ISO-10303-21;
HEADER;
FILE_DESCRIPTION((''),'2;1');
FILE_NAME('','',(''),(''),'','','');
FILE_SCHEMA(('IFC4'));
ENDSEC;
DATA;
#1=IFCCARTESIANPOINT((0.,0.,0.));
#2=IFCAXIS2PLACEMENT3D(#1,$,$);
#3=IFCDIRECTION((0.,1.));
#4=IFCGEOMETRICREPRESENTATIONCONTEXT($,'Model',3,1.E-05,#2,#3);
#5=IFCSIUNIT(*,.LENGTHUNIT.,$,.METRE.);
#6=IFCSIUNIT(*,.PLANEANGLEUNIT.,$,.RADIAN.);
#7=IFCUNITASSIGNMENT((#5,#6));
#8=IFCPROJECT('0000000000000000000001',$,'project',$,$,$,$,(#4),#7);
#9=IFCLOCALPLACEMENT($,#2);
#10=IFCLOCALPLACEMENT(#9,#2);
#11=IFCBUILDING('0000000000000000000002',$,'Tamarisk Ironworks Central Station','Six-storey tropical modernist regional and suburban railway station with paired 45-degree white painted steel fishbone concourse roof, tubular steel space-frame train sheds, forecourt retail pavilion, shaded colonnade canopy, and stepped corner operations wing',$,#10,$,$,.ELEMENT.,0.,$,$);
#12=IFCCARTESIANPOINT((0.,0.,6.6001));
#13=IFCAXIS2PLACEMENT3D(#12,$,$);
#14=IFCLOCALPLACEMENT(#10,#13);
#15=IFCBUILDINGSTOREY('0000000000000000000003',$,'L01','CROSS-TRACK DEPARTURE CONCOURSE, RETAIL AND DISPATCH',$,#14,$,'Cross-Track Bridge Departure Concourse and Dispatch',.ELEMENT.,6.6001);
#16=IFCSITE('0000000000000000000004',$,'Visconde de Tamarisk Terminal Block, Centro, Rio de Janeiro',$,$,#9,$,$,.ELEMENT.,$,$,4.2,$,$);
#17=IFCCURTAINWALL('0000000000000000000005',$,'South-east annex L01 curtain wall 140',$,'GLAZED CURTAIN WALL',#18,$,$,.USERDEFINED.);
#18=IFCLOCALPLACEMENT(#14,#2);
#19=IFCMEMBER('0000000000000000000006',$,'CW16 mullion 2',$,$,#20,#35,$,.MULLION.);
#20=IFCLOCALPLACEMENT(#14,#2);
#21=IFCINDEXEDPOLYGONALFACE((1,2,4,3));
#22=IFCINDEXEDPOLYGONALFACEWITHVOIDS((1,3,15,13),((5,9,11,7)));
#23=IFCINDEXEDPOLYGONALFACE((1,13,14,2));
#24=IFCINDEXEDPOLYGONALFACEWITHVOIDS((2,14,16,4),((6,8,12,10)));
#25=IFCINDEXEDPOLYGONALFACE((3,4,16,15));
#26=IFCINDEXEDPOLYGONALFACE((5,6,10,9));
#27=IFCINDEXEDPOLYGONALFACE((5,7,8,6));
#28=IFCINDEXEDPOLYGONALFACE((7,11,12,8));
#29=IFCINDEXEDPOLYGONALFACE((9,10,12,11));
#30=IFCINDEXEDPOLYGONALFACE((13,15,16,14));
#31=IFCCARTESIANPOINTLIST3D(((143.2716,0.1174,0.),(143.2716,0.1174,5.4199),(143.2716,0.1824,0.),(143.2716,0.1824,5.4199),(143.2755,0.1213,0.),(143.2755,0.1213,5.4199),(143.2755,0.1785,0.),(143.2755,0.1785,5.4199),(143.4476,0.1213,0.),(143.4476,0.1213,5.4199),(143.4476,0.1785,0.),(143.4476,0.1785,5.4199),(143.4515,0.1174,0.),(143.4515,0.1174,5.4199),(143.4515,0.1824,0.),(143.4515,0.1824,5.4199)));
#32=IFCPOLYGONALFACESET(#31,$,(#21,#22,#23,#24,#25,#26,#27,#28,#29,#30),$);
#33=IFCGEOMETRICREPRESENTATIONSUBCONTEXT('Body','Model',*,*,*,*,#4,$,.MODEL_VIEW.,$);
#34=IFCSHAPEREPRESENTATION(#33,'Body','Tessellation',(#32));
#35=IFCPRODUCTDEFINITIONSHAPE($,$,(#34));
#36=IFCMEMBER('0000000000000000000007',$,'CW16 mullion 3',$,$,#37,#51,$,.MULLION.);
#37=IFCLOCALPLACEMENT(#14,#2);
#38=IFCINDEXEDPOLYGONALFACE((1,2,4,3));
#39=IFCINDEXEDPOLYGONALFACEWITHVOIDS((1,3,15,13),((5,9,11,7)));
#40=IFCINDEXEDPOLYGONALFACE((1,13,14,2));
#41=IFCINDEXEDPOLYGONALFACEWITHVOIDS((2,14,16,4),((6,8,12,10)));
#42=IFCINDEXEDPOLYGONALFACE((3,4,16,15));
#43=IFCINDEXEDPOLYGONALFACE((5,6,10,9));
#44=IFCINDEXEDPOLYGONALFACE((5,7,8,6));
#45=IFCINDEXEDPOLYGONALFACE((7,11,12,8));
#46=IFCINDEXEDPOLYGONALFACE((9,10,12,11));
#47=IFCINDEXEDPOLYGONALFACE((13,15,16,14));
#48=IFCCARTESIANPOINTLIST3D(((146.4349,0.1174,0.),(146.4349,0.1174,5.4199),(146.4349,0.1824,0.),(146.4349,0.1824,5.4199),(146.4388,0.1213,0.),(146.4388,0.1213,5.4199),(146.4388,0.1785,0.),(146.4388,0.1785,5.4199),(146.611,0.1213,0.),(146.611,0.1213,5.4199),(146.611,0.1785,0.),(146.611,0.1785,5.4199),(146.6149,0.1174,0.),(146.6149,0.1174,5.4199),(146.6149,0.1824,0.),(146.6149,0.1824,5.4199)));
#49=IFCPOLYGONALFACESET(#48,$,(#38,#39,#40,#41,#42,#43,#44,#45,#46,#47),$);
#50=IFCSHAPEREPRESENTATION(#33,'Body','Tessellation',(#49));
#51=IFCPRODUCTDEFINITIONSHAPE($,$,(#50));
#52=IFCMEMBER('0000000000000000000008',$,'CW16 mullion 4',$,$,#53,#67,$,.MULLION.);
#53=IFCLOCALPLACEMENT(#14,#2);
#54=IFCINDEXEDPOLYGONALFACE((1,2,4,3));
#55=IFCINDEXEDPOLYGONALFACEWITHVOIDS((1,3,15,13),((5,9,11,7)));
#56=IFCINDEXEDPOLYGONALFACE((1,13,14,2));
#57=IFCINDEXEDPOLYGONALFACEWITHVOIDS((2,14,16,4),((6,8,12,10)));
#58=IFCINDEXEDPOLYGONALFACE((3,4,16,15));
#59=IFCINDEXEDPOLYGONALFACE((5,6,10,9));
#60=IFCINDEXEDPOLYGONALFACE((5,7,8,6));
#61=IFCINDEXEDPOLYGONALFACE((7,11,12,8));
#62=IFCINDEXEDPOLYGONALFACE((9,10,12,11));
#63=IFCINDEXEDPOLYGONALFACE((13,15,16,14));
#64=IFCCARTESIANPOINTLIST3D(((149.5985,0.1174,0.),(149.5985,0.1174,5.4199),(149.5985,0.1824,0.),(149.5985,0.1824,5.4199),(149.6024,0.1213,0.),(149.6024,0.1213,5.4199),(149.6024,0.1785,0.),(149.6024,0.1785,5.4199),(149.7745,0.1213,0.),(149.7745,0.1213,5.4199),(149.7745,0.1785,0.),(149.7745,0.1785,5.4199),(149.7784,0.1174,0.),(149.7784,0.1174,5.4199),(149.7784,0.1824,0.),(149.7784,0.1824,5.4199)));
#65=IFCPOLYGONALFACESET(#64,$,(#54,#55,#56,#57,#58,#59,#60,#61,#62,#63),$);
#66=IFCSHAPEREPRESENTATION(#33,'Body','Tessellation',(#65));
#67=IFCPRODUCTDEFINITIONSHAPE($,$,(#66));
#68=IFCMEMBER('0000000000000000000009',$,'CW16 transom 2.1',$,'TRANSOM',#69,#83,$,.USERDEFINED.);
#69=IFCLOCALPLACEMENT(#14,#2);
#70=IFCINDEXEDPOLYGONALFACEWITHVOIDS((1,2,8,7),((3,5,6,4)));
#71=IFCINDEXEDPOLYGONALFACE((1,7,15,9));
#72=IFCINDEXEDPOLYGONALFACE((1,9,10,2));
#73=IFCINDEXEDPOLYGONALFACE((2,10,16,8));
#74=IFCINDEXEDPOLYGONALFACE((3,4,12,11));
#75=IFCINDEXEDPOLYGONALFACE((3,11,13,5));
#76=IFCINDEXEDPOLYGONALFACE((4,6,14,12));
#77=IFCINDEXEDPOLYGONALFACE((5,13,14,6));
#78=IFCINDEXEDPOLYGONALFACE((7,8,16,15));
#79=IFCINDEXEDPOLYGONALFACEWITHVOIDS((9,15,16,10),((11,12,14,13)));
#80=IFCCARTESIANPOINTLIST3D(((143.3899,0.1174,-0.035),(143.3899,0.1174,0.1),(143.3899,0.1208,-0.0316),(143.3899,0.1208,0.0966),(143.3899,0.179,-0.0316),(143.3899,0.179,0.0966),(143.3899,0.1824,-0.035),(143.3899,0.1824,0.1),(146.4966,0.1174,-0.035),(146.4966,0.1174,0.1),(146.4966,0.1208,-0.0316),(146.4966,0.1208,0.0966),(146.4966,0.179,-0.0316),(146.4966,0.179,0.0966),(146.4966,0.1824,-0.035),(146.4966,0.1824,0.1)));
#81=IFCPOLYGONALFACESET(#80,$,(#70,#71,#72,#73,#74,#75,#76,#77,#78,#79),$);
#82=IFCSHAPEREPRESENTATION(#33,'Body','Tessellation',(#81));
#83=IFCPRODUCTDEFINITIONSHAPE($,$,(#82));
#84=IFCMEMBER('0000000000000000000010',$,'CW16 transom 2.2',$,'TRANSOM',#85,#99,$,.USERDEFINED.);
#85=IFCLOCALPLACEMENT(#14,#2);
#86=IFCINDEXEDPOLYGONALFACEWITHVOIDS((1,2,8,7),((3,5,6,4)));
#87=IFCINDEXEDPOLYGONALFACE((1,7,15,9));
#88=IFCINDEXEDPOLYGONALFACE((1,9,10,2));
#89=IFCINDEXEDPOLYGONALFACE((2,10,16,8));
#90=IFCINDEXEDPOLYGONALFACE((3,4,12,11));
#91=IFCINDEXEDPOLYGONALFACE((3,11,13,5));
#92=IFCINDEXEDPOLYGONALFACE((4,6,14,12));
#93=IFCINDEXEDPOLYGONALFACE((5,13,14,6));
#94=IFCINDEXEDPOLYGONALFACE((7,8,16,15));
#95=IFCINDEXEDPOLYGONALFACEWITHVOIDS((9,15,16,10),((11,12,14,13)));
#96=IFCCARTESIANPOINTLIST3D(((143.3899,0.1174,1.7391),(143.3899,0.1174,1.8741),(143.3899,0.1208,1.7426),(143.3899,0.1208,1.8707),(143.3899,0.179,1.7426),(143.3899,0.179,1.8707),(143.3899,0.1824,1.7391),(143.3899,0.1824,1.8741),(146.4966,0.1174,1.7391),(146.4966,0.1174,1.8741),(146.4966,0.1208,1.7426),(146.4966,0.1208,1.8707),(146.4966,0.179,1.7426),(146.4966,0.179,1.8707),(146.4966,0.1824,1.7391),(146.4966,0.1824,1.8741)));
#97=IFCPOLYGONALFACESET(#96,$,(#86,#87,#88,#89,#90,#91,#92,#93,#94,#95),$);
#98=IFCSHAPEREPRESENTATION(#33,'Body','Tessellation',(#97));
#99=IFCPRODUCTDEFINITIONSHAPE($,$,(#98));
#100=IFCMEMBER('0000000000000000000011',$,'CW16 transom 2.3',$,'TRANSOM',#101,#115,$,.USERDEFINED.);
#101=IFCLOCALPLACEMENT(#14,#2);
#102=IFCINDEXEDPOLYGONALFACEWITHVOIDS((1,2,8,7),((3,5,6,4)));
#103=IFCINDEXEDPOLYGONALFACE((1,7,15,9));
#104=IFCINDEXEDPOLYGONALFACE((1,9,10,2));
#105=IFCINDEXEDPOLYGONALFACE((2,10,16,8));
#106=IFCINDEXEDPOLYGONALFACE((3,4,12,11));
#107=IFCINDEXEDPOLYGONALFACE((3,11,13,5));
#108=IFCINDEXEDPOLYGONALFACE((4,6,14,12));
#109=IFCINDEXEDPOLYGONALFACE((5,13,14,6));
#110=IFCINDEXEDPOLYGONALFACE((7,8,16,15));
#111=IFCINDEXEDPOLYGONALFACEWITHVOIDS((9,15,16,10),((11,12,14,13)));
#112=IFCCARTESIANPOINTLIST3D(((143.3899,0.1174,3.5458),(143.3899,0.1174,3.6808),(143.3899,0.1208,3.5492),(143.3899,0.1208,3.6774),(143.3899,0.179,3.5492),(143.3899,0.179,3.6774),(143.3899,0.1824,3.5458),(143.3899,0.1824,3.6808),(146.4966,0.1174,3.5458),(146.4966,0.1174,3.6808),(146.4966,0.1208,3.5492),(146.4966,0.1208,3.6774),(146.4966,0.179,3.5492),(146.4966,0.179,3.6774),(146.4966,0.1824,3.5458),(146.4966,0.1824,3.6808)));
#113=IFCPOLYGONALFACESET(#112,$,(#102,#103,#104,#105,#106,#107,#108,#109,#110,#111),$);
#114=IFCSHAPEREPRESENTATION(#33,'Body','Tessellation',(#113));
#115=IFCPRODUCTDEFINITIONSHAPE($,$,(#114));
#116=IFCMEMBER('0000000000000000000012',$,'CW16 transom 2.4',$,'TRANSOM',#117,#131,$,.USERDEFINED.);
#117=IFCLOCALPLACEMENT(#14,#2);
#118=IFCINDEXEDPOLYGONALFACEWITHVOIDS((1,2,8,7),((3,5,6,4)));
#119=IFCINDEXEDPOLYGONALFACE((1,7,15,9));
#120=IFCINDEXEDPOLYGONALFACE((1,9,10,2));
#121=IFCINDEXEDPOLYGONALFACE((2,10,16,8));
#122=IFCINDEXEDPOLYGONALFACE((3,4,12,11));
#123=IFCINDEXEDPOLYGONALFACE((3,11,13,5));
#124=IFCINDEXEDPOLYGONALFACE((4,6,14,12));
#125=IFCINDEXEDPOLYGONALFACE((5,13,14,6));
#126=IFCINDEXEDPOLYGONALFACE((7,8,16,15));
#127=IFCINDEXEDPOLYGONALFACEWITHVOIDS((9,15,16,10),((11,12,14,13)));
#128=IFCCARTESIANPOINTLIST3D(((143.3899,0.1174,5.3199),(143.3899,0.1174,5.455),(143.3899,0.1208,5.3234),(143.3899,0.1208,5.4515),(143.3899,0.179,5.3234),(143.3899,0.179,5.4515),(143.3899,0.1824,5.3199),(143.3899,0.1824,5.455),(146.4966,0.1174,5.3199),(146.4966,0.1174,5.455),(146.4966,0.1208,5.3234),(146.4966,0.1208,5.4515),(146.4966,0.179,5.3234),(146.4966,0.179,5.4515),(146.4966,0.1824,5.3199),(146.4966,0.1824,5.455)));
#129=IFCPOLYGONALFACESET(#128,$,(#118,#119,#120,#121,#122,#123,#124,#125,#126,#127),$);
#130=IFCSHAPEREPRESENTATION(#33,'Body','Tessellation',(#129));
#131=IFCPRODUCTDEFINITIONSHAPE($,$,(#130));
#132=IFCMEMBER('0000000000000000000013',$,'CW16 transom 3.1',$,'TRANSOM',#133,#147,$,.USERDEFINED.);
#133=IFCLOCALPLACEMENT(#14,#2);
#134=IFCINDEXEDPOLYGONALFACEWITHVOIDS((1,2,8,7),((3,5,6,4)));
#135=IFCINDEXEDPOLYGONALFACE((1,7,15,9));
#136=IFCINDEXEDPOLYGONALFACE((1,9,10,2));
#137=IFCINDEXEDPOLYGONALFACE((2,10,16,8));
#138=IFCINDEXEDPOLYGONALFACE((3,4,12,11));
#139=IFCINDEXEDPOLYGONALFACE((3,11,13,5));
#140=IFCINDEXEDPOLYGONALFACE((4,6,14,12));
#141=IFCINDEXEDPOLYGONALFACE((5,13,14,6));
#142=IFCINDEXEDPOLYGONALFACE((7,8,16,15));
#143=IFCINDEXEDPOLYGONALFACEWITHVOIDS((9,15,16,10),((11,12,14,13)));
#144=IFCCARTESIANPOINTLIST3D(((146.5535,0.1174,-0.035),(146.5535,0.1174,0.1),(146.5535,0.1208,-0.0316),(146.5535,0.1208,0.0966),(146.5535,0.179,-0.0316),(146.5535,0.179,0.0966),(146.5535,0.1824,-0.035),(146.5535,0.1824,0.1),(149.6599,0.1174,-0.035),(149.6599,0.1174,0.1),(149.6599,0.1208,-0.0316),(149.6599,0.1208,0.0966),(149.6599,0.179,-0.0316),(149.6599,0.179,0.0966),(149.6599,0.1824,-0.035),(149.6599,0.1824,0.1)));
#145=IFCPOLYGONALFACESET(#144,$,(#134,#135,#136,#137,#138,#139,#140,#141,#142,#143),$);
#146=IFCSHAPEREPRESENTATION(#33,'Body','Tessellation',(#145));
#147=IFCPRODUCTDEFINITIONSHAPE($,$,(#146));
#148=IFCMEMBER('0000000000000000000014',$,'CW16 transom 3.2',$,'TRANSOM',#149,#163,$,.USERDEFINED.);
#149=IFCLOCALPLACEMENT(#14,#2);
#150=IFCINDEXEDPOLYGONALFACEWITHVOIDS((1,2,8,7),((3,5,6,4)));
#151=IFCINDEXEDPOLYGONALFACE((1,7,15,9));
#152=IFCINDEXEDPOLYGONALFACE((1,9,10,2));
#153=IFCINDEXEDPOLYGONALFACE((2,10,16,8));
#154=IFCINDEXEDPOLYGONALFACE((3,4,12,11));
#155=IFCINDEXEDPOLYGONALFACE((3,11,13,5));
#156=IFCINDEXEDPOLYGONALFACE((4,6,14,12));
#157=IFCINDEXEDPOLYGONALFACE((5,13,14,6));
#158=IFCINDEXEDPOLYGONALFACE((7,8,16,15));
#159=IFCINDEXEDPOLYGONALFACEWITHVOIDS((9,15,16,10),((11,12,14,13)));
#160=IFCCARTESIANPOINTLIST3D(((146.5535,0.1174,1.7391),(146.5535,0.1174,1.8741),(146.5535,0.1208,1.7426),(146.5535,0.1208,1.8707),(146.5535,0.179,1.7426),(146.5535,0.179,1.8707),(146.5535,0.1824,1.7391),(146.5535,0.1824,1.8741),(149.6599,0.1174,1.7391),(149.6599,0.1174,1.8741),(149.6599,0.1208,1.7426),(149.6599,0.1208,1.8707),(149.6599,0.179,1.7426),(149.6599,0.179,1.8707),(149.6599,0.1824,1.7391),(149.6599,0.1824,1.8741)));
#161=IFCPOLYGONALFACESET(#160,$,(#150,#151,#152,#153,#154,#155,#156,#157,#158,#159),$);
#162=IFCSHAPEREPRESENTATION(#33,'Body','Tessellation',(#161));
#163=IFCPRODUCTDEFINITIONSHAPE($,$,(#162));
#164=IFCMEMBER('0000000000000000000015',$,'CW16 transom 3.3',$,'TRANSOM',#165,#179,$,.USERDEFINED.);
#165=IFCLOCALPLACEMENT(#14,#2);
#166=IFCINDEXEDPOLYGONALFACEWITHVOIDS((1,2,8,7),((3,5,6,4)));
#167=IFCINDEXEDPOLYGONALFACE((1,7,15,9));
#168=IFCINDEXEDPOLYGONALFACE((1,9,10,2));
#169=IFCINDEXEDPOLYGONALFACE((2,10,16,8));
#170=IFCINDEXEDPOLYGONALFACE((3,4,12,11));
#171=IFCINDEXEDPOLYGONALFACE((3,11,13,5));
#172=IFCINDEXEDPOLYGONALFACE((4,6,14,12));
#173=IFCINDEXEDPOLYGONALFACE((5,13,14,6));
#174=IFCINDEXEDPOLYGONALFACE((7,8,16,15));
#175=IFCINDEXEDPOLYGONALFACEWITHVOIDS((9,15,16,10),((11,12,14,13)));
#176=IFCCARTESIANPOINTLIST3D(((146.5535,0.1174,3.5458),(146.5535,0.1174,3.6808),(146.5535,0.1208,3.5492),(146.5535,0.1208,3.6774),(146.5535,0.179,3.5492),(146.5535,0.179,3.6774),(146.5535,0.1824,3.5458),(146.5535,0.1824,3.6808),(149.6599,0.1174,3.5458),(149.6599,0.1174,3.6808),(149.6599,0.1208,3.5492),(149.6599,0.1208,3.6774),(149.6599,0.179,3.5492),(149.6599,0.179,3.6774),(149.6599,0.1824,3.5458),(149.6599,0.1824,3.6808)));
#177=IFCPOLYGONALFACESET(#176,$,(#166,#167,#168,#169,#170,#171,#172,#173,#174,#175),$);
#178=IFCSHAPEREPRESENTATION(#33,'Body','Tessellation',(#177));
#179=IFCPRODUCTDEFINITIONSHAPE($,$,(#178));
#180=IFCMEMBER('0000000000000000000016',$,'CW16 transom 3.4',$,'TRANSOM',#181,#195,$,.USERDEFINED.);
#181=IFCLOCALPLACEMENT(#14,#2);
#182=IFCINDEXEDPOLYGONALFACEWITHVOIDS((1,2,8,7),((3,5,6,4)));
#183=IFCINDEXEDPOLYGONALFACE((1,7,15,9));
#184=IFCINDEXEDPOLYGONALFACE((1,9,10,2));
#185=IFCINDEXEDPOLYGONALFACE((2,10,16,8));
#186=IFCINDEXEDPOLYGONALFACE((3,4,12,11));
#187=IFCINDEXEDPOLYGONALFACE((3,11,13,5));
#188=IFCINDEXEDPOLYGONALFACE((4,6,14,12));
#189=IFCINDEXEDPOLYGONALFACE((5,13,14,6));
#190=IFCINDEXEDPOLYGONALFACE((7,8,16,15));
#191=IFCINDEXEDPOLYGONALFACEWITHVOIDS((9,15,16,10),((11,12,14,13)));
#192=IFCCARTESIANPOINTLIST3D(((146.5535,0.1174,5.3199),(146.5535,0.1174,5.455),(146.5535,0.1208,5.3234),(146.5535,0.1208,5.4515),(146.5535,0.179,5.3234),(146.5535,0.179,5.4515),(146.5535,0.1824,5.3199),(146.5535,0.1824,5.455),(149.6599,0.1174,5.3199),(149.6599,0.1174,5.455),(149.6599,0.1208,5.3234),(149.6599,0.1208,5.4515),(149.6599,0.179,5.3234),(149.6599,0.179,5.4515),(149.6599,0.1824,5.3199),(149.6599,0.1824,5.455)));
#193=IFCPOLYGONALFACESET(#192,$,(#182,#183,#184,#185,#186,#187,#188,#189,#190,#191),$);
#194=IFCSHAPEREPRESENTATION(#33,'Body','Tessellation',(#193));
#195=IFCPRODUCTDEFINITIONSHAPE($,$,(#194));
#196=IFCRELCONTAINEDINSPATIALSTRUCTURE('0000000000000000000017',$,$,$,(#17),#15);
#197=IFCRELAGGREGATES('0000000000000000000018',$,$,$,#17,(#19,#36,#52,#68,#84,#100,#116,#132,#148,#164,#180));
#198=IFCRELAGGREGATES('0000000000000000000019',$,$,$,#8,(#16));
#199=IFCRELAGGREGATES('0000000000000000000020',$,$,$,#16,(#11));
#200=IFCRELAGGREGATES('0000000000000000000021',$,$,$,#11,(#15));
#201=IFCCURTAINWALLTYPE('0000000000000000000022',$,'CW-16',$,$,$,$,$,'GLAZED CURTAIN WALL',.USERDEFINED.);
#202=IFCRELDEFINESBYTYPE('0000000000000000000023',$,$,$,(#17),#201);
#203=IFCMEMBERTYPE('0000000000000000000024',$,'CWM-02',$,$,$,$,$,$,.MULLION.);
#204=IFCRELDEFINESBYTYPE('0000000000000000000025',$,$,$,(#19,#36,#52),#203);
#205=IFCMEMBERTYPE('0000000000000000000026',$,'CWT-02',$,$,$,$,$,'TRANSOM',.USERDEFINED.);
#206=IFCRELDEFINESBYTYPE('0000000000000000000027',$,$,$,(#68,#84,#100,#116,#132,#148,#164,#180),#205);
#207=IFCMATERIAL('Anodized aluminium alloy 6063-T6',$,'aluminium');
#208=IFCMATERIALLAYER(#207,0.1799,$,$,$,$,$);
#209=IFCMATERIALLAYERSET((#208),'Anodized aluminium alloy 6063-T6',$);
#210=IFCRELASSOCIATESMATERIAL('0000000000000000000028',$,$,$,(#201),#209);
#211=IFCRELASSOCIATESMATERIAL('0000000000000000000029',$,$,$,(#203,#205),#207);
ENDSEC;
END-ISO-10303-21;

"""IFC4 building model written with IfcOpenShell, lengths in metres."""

from ifc_helpers import new_model, si_unit, direction, frame, origin, origin_2d, place, context, subcontext, project, spatial, hollow_rectangle, extrude, material, layer, layer_set, material_profile, profile_set, type_object, element, aggregate, save


model = new_model("IFC4")

# Units and contexts
model_context = context("Model", 3, precision=1e-05, world=origin(), true_north=direction((0.0, 1.0)))
body_context = subcontext(model_context, "Body", "Model", "MODEL_VIEW")
ifc_project = project(units=[si_unit("LENGTHUNIT", "METRE"), si_unit("PLANEANGLEUNIT", "RADIAN")], contexts=[model_context])

# Site, building, storey
site_placement = place(None, origin())
site = spatial("IfcSite", under=ifc_project, at=site_placement, Name="Visconde de Tamarisk Terminal Block, Centro, Rio de Janeiro", CompositionType="ELEMENT", RefElevation=4.2)
building_placement = place(site_placement, origin())
building = spatial("IfcBuilding", under=site, at=building_placement, Name="Tamarisk Ironworks Central Station", Description="Six-storey tropical modernist regional and suburban railway station with paired 45-degree white painted steel fishbone concourse roof, tubular steel space-frame train sheds, forecourt retail pavilion, shaded colonnade canopy, and stepped corner operations wing", CompositionType="ELEMENT", ElevationOfRefHeight=0.0)
storey_placement = place(building_placement, frame((0.0, 0.0, 6.6001)))
storey = spatial("IfcBuildingStorey", under=building, at=storey_placement, Name="L01", Description="CROSS-TRACK DEPARTURE CONCOURSE, RETAIL AND DISPATCH", LongName="Cross-Track Bridge Departure Concourse and Dispatch", CompositionType="ELEMENT", Elevation=6.6001)

# Curtain wall, members
ifc_material = material(Name="Anodized aluminium alloy 6063-T6", Category="aluminium")
ifc_layer_1 = layer(ifc_material, 0.1799)
ifc_layer_set_1 = layer_set([ifc_layer_1], Name="Anodized aluminium alloy 6063-T6")
curtain_wall_type = type_object("IfcCurtainWallType", Name="CW-16", ElementType="GLAZED CURTAIN WALL", PredefinedType="USERDEFINED", material=ifc_layer_set_1)
curtain_wall_placement = place(storey_placement, origin())
curtain_wall = element("IfcCurtainWall", 1, at=curtain_wall_placement, inside=storey, type_object=curtain_wall_type, Name="South-east annex L01 curtain wall 140", ObjectType="GLAZED CURTAIN WALL", PredefinedType="USERDEFINED")
ifc_material_profile_1 = material_profile(ifc_material, hollow_rectangle(XDim=0.0649, YDim=0.1799, WallThickness=0.0039, at=origin_2d()), Name="ALUM 180x65")
ifc_profile_set_1 = profile_set([ifc_material_profile_1], Name="Anodized aluminium alloy 6063-T6")
member_type_1 = type_object("IfcMemberType", Name="CWM-02", PredefinedType="MULLION", material=ifc_profile_set_1)
member_1_placement = place(storey_placement, frame((143.3616, 0.1499, 0.0), z_axis=(0.0, 0.0, 1.0), x_axis=(0.0, 1.0, 0.0)))
member_1 = element("IfcMember", 2, at=member_1_placement, type_object=member_type_1, Name="CW16 mullion 2", PredefinedType="MULLION", context=body_context, shape_type="SweptSolid", body=[
    extrude(hollow_rectangle(XDim=0.0649, YDim=0.1799, WallThickness=0.0039, at=origin_2d()), origin(), (0.0, 0.0, 1.0), 5.4199),
])
member_2_placement = place(storey_placement, frame((146.5249, 0.1499, 0.0), z_axis=(0.0, 0.0, 1.0), x_axis=(0.0, 1.0, 0.0)))
member_2 = element("IfcMember", 3, at=member_2_placement, type_object=member_type_1, Name="CW16 mullion 3", PredefinedType="MULLION", context=body_context, shape_type="SweptSolid", body=[
    extrude(hollow_rectangle(XDim=0.0649, YDim=0.1799, WallThickness=0.0039, at=origin_2d()), origin(), (0.0, 0.0, 1.0), 5.4199),
])
member_3_placement = place(storey_placement, frame((149.6885, 0.1499, 0.0), z_axis=(0.0, 0.0, 1.0), x_axis=(0.0, 1.0, 0.0)))
member_3 = element("IfcMember", 4, at=member_3_placement, type_object=member_type_1, Name="CW16 mullion 4", PredefinedType="MULLION", context=body_context, shape_type="SweptSolid", body=[
    extrude(hollow_rectangle(XDim=0.0649, YDim=0.1799, WallThickness=0.0039, at=origin_2d()), origin(), (0.0, 0.0, 1.0), 5.4199),
])
ifc_material_profile_2 = material_profile(ifc_material, hollow_rectangle(XDim=0.0649, YDim=0.135, WallThickness=0.0034, at=origin_2d()), Name="ALUM 135x65")
ifc_profile_set_2 = profile_set([ifc_material_profile_2], Name="Anodized aluminium alloy 6063-T6")
member_type_2 = type_object("IfcMemberType", Name="CWT-02", ElementType="TRANSOM", PredefinedType="USERDEFINED", material=ifc_profile_set_2)
member_4_placement = place(storey_placement, frame((143.3899, 0.1499, 0.0325), z_axis=(1.0, 0.0, 0.0), x_axis=(0.0, 1.0, 0.0)))
member_4 = element("IfcMember", 5, at=member_4_placement, type_object=member_type_2, Name="CW16 transom 2.1", ObjectType="TRANSOM", PredefinedType="USERDEFINED", context=body_context, shape_type="SweptSolid", body=[
    extrude(hollow_rectangle(XDim=0.0649, YDim=0.135, WallThickness=0.0034, at=origin_2d()), origin(), (0.0, 0.0, 1.0), 3.1067),
])
member_5_placement = place(storey_placement, frame((143.3899, 0.1499, 1.8066), z_axis=(1.0, 0.0, 0.0), x_axis=(0.0, 1.0, 0.0)))
member_5 = element("IfcMember", 6, at=member_5_placement, type_object=member_type_2, Name="CW16 transom 2.2", ObjectType="TRANSOM", PredefinedType="USERDEFINED", context=body_context, shape_type="SweptSolid", body=[
    extrude(hollow_rectangle(XDim=0.0649, YDim=0.135, WallThickness=0.0034, at=origin_2d()), origin(), (0.0, 0.0, 1.0), 3.1067),
])
member_6_placement = place(storey_placement, frame((143.3899, 0.1499, 3.6133), z_axis=(1.0, 0.0, 0.0), x_axis=(0.0, 1.0, 0.0)))
member_6 = element("IfcMember", 7, at=member_6_placement, type_object=member_type_2, Name="CW16 transom 2.3", ObjectType="TRANSOM", PredefinedType="USERDEFINED", context=body_context, shape_type="SweptSolid", body=[
    extrude(hollow_rectangle(XDim=0.0649, YDim=0.135, WallThickness=0.0034, at=origin_2d()), origin(), (0.0, 0.0, 1.0), 3.1067),
])
member_7_placement = place(storey_placement, frame((143.3899, 0.1499, 5.3875), z_axis=(1.0, 0.0, 0.0), x_axis=(0.0, 1.0, 0.0)))
member_7 = element("IfcMember", 8, at=member_7_placement, type_object=member_type_2, Name="CW16 transom 2.4", ObjectType="TRANSOM", PredefinedType="USERDEFINED", context=body_context, shape_type="SweptSolid", body=[
    extrude(hollow_rectangle(XDim=0.0649, YDim=0.135, WallThickness=0.0034, at=origin_2d()), origin(), (0.0, 0.0, 1.0), 3.1067),
])
member_8_placement = place(storey_placement, frame((146.5535, 0.1499, 0.0325), z_axis=(1.0, 0.0, 0.0), x_axis=(0.0, 1.0, 0.0)))
member_8 = element("IfcMember", 9, at=member_8_placement, type_object=member_type_2, Name="CW16 transom 3.1", ObjectType="TRANSOM", PredefinedType="USERDEFINED", context=body_context, shape_type="SweptSolid", body=[
    extrude(hollow_rectangle(XDim=0.0649, YDim=0.135, WallThickness=0.0034, at=origin_2d()), origin(), (0.0, 0.0, 1.0), 3.1064),
])
member_9_placement = place(storey_placement, frame((146.5535, 0.1499, 1.8066), z_axis=(1.0, 0.0, 0.0), x_axis=(0.0, 1.0, 0.0)))
member_9 = element("IfcMember", 10, at=member_9_placement, type_object=member_type_2, Name="CW16 transom 3.2", ObjectType="TRANSOM", PredefinedType="USERDEFINED", context=body_context, shape_type="SweptSolid", body=[
    extrude(hollow_rectangle(XDim=0.0649, YDim=0.135, WallThickness=0.0034, at=origin_2d()), origin(), (0.0, 0.0, 1.0), 3.1064),
])
member_10_placement = place(storey_placement, frame((146.5535, 0.1499, 3.6133), z_axis=(1.0, 0.0, 0.0), x_axis=(0.0, 1.0, 0.0)))
member_10 = element("IfcMember", 11, at=member_10_placement, type_object=member_type_2, Name="CW16 transom 3.3", ObjectType="TRANSOM", PredefinedType="USERDEFINED", context=body_context, shape_type="SweptSolid", body=[
    extrude(hollow_rectangle(XDim=0.0649, YDim=0.135, WallThickness=0.0034, at=origin_2d()), origin(), (0.0, 0.0, 1.0), 3.1064),
])
member_11_placement = place(storey_placement, frame((146.5535, 0.1499, 5.3875), z_axis=(1.0, 0.0, 0.0), x_axis=(0.0, 1.0, 0.0)))
member_11 = element("IfcMember", 12, at=member_11_placement, type_object=member_type_2, Name="CW16 transom 3.4", ObjectType="TRANSOM", PredefinedType="USERDEFINED", context=body_context, shape_type="SweptSolid", body=[
    extrude(hollow_rectangle(XDim=0.0649, YDim=0.135, WallThickness=0.0034, at=origin_2d()), origin(), (0.0, 0.0, 1.0), 3.1064),
])
aggregate(curtain_wall, [member_1, member_2, member_3, member_4, member_5, member_6, member_7, member_8, member_9, member_10, member_11])

save(model, "model.ifc")
